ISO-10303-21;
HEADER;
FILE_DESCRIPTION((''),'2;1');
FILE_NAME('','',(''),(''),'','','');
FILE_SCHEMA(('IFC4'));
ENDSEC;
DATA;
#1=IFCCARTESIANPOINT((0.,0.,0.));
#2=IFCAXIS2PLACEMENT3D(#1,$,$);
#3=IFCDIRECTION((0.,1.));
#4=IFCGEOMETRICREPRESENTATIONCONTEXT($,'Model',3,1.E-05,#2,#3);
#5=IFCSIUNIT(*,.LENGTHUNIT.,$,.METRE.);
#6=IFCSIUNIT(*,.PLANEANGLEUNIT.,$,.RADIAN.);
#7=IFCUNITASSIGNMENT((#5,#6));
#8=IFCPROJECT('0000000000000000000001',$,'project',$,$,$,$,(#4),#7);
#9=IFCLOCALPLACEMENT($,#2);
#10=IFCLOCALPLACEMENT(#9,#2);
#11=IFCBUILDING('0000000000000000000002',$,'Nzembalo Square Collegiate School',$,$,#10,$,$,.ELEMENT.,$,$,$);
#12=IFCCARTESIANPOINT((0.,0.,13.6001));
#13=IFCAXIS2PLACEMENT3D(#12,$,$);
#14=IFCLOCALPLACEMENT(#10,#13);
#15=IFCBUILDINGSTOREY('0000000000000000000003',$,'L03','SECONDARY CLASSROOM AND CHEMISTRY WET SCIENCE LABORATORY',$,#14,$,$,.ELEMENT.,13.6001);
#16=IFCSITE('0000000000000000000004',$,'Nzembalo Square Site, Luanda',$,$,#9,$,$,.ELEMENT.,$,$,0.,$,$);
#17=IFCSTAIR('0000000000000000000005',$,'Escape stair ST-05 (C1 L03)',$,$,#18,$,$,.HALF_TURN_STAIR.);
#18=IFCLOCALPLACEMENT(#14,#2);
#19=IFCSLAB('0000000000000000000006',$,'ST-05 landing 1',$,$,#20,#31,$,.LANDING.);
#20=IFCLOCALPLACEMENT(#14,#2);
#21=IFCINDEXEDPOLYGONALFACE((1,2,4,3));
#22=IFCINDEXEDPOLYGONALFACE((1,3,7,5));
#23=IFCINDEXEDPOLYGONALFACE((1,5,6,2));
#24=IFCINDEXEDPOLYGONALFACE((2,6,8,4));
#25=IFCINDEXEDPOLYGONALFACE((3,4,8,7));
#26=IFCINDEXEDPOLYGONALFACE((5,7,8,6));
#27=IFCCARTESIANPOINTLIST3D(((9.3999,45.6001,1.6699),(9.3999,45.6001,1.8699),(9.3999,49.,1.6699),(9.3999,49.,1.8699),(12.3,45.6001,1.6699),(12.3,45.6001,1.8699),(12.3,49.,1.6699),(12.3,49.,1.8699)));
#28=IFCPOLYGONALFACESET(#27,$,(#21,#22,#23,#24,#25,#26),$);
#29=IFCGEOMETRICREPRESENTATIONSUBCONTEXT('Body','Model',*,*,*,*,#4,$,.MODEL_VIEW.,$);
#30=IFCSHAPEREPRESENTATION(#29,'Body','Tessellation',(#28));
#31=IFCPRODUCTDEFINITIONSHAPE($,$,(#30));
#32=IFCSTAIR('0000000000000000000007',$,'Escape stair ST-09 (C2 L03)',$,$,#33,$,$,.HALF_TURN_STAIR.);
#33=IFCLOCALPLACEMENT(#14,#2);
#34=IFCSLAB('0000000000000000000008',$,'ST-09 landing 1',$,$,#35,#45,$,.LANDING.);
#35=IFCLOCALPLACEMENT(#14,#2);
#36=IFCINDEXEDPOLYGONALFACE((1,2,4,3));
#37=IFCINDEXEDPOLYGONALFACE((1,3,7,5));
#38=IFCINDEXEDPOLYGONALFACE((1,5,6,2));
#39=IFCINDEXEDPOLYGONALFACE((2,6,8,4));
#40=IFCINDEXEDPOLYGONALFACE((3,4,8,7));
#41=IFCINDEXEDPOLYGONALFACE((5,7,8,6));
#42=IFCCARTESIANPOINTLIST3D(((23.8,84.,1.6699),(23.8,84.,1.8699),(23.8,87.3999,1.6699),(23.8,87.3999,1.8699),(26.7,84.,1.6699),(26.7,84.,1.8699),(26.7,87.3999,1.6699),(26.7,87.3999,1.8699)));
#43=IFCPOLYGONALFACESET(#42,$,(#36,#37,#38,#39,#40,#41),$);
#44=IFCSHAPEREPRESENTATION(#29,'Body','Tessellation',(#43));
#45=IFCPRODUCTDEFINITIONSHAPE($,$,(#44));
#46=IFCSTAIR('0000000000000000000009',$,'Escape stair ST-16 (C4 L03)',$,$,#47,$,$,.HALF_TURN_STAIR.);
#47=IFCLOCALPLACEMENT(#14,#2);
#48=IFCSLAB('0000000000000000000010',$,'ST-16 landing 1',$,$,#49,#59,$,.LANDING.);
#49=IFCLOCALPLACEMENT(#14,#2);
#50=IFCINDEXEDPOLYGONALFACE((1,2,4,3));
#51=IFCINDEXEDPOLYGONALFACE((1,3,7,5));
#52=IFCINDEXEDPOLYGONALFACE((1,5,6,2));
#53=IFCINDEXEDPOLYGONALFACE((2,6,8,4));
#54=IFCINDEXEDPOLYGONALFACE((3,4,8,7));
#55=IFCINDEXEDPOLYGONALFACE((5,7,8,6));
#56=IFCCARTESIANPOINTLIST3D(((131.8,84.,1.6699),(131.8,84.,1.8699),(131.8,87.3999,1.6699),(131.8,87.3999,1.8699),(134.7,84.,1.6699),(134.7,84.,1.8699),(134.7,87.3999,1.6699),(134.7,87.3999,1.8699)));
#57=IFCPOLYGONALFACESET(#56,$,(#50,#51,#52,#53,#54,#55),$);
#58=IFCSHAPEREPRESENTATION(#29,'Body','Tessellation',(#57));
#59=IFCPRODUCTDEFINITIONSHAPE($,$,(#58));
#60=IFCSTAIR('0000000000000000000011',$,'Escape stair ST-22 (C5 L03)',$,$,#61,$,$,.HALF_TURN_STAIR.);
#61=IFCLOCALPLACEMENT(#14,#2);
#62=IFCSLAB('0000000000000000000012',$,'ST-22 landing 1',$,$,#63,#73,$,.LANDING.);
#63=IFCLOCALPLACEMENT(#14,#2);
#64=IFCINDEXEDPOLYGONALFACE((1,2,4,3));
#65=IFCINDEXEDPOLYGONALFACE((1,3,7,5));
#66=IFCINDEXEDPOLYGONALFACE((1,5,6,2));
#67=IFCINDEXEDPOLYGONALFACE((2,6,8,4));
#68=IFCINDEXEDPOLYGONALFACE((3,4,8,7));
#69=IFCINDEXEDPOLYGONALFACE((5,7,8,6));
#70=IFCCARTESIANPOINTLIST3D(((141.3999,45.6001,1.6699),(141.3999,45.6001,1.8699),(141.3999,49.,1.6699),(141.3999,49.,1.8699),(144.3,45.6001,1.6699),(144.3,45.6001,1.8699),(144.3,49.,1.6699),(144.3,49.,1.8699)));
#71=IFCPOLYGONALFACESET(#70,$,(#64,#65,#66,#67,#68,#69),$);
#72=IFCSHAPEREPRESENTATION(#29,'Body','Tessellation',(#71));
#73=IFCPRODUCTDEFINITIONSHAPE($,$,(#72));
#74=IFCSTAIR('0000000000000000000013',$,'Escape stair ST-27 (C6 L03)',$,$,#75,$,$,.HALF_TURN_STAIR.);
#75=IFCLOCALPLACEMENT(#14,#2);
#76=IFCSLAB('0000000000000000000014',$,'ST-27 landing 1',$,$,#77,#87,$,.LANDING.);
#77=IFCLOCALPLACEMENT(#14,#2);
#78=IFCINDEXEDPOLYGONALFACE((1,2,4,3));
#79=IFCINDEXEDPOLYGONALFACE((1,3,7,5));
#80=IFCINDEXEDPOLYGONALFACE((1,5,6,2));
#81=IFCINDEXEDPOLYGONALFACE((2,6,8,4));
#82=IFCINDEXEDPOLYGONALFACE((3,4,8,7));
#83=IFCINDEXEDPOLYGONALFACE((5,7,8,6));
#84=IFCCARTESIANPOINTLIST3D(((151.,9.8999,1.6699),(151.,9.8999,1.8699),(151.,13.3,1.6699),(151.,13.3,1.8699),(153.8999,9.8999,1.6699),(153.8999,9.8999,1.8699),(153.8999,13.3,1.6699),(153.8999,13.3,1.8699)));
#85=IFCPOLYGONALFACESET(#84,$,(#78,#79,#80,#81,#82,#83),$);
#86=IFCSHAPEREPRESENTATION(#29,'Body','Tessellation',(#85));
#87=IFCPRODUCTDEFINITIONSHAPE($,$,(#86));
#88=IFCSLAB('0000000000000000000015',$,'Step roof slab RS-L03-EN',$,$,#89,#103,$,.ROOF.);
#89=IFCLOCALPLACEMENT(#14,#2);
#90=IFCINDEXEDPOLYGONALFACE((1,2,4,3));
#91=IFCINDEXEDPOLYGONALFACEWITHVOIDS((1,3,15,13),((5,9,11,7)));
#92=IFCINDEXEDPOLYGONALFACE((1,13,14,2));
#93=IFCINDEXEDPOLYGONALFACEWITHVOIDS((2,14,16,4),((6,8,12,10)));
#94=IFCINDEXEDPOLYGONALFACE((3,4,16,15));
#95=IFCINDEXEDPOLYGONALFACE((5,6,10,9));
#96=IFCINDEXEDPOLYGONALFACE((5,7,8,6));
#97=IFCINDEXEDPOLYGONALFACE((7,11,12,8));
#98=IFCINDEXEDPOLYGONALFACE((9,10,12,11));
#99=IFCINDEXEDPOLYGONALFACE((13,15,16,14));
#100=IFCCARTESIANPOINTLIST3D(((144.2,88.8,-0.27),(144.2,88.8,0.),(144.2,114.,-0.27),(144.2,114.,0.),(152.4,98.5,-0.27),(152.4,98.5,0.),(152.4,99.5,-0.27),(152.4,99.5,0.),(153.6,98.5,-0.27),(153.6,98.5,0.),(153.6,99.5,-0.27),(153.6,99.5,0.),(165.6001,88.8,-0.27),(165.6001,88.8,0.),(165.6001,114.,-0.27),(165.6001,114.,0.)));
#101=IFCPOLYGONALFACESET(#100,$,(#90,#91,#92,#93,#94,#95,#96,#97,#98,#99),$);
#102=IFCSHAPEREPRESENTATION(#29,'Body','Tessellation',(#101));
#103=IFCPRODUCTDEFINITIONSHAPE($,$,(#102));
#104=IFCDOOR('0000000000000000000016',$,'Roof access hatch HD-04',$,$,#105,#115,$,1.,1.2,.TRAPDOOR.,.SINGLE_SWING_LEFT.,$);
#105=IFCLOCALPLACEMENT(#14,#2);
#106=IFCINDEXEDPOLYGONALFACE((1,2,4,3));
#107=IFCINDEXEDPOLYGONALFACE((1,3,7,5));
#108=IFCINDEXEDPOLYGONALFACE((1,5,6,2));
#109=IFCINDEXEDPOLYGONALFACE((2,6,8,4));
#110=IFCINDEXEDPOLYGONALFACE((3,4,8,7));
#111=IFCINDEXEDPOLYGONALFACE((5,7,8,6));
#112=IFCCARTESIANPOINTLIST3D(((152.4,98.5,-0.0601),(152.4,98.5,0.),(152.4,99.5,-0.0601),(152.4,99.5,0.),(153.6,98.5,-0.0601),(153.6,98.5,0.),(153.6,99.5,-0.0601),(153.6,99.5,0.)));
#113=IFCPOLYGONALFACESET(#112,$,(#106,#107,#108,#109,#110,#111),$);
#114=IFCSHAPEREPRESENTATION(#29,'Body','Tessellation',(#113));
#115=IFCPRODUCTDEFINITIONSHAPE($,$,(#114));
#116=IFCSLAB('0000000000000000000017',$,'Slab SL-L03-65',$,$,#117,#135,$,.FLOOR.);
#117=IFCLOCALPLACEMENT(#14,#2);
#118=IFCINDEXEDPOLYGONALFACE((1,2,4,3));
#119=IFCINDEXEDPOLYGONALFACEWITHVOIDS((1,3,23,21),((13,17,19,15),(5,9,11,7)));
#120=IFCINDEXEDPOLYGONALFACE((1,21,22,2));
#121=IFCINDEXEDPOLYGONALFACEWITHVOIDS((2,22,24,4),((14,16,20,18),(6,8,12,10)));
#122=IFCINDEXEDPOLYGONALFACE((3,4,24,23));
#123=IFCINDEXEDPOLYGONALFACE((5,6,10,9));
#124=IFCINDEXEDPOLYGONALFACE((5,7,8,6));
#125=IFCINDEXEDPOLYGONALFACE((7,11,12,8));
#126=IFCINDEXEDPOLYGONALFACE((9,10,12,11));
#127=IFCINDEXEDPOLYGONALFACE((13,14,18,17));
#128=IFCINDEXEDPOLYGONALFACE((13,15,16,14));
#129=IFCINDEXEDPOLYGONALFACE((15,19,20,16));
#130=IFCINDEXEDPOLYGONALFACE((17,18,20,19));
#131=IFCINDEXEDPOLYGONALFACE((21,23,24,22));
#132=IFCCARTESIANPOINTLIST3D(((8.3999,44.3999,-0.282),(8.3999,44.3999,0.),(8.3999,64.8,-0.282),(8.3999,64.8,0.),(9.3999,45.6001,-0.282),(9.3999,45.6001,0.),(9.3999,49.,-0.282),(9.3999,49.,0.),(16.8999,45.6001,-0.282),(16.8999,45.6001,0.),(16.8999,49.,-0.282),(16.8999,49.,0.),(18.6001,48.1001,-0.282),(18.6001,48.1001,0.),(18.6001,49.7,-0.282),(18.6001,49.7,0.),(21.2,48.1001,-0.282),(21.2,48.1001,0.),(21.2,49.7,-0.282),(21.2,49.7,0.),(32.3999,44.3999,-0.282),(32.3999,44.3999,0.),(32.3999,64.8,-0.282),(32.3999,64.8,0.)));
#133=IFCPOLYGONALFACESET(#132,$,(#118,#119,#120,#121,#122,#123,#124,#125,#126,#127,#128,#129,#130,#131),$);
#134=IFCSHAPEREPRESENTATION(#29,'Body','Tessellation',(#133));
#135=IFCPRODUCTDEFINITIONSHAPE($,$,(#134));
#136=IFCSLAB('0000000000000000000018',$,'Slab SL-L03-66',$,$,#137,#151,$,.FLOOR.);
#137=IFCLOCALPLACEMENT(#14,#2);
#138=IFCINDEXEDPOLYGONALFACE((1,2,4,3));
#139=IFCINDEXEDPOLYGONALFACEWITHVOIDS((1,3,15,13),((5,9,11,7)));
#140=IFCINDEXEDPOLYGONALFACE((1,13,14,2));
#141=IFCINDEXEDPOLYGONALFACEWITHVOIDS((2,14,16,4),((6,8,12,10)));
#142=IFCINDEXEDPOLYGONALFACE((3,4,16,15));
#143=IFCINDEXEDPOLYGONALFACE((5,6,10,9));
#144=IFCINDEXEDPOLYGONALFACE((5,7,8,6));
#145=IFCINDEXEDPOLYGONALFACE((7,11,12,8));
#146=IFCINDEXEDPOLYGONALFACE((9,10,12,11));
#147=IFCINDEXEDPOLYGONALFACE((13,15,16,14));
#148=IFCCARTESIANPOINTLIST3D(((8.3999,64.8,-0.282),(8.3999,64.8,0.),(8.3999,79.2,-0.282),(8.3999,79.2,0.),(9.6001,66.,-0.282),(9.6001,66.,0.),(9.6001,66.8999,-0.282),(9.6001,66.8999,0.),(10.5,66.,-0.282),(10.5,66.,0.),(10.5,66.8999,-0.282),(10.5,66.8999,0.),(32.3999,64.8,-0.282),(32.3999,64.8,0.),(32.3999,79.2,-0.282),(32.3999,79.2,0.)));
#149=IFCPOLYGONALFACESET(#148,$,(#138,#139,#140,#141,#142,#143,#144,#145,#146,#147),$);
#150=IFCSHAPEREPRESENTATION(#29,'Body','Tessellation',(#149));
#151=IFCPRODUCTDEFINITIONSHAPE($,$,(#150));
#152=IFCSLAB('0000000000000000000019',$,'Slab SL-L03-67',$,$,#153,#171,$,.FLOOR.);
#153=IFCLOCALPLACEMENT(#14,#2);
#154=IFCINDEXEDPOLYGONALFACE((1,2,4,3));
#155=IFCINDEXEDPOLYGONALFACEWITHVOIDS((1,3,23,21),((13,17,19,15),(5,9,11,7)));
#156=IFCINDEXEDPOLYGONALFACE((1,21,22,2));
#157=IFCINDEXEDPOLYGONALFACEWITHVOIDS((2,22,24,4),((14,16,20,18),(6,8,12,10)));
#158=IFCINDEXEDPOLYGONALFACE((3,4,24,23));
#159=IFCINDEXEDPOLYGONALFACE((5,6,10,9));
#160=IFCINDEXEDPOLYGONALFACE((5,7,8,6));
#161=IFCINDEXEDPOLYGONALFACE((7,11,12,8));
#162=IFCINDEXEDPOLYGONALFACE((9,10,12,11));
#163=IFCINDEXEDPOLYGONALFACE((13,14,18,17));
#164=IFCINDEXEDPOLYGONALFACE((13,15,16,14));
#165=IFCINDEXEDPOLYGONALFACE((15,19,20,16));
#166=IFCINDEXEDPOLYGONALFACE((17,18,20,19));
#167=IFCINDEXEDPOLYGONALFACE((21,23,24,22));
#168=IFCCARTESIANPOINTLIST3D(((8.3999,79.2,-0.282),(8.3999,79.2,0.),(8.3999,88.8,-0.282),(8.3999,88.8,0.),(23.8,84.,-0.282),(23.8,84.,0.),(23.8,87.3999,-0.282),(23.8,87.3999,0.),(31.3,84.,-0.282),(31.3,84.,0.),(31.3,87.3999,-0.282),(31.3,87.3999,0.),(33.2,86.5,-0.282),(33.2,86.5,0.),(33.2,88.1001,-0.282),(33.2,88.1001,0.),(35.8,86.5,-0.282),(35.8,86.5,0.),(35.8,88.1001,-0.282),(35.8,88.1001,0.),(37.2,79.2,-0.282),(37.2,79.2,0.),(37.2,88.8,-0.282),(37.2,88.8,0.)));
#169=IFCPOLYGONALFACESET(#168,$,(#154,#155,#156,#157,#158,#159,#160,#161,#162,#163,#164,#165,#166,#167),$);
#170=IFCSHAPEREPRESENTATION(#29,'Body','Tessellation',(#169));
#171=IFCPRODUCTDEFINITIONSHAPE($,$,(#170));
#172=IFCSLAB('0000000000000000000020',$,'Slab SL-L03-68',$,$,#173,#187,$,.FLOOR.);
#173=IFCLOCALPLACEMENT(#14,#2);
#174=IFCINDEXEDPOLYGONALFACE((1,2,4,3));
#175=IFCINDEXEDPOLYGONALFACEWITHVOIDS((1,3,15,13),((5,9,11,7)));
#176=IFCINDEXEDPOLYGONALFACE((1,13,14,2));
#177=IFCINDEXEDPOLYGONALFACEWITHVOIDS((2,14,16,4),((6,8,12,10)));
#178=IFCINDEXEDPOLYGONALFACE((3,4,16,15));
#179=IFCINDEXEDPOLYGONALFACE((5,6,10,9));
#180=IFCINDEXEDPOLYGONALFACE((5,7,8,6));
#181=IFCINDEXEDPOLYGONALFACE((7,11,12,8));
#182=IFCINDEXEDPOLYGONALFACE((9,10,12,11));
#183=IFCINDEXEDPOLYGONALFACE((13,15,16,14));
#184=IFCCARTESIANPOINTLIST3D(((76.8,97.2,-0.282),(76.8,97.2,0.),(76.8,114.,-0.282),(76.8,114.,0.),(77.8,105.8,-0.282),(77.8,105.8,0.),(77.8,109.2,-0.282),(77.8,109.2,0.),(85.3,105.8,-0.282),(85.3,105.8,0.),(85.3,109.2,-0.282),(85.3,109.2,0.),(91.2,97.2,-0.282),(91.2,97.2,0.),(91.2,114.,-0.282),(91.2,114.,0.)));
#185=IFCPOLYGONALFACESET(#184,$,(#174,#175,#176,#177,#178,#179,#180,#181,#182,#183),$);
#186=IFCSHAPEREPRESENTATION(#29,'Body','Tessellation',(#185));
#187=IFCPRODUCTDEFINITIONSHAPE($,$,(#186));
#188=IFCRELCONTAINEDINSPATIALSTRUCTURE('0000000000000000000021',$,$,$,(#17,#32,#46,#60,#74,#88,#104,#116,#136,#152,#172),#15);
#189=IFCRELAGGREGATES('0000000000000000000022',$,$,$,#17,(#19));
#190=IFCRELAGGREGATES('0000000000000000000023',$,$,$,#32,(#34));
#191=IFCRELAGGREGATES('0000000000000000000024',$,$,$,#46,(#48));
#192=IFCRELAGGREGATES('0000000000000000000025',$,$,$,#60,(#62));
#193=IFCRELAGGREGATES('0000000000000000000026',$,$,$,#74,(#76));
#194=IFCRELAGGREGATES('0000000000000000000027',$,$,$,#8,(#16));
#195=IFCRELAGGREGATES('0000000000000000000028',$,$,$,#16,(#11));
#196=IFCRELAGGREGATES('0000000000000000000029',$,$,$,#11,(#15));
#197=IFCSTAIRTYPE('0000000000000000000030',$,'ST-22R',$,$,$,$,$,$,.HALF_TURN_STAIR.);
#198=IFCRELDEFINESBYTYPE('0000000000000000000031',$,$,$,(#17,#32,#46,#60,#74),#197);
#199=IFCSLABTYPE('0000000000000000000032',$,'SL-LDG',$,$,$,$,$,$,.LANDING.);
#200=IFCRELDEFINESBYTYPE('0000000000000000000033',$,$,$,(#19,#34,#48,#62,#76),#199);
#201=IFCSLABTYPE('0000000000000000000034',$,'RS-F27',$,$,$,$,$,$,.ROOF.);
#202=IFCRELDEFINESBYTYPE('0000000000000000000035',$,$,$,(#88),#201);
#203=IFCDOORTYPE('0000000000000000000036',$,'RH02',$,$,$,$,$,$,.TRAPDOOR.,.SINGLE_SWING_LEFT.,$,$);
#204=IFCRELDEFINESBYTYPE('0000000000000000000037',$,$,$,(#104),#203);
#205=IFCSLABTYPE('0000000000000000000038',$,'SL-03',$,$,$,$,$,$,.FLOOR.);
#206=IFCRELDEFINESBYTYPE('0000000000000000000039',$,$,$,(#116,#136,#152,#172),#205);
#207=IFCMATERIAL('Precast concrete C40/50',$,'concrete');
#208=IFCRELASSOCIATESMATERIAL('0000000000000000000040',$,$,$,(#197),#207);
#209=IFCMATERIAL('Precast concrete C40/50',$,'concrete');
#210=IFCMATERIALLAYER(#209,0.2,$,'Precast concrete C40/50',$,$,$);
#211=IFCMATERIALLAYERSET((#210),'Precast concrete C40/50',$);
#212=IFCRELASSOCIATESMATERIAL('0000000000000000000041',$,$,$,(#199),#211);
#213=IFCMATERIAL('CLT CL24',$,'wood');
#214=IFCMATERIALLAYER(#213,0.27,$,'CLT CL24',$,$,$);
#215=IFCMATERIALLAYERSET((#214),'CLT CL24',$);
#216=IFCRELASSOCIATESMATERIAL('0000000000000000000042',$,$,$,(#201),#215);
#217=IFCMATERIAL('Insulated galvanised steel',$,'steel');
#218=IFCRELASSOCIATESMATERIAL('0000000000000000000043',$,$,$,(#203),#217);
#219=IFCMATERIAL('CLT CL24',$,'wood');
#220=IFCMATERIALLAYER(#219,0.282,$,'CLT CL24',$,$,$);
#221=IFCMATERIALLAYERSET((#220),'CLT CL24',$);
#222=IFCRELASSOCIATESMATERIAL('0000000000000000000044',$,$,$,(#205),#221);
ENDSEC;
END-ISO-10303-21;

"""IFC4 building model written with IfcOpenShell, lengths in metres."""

from ifc_helpers import new_model, si_unit, direction, frame, origin, origin_2d, place, context, subcontext, project, spatial, polyline, rectangle, outline, extrude, material, layer, layer_set, type_object, element, fill, aggregate, save


model = new_model("IFC4")

# Units and contexts
model_context = context("Model", 3, precision=1e-05, world=origin(), true_north=direction((0.0, 1.0)))
body_context = subcontext(model_context, "Body", "Model", "MODEL_VIEW")
ifc_project = project(units=[si_unit("LENGTHUNIT", "METRE"), si_unit("PLANEANGLEUNIT", "RADIAN")], contexts=[model_context])

# Site, building, storey
site_placement = place(None, origin())
site = spatial("IfcSite", under=ifc_project, at=site_placement, Name="Nzembalo Square Site, Luanda", CompositionType="ELEMENT", RefElevation=0.0)
building_placement = place(site_placement, origin())
building = spatial("IfcBuilding", under=site, at=building_placement, Name="Nzembalo Square Collegiate School", CompositionType="ELEMENT")
storey_placement = place(building_placement, frame((0.0, 0.0, 13.6001)))
storey = spatial("IfcBuildingStorey", under=building, at=storey_placement, Name="L03", Description="SECONDARY CLASSROOM AND CHEMISTRY WET SCIENCE LABORATORY", CompositionType="ELEMENT", Elevation=13.6001)

# Stairs, slabs
ifc_material_1 = material(Name="Precast concrete C40/50", Category="concrete")
stair_type = type_object("IfcStairType", Name="ST-22R", PredefinedType="HALF_TURN_STAIR", material=ifc_material_1)
stair_1_placement = place(storey_placement, origin())
stair_1 = element("IfcStair", 1, at=stair_1_placement, inside=storey, type_object=stair_type, Name="Escape stair ST-05 (C1 L03)", PredefinedType="HALF_TURN_STAIR")
ifc_material_2 = material(Name="Precast concrete C40/50", Category="concrete")
ifc_layer_1 = layer(ifc_material_2, 0.2, Name="Precast concrete C40/50")
ifc_layer_set_1 = layer_set([ifc_layer_1], Name="Precast concrete C40/50")
slab_type_1 = type_object("IfcSlabType", Name="SL-LDG", PredefinedType="LANDING", material=ifc_layer_set_1)
slab_1_placement = place(storey_placement, frame((0.0, 0.0, 1.6699)))
slab_1 = element("IfcSlab", 2, at=slab_1_placement, type_object=slab_type_1, Name="ST-05 landing 1", PredefinedType="LANDING", context=body_context, shape_type="SweptSolid", body=[
    extrude(outline(polyline([(12.3, 49.0), (9.3999, 49.0), (9.3999, 45.6001), (12.3, 45.6001), (12.3, 49.0)])), origin(), (0.0, 0.0, 1.0), 0.2),
])
aggregate(stair_1, [slab_1])
stair_2_placement = place(storey_placement, origin())
stair_2 = element("IfcStair", 3, at=stair_2_placement, inside=storey, type_object=stair_type, Name="Escape stair ST-09 (C2 L03)", PredefinedType="HALF_TURN_STAIR")
slab_2_placement = place(storey_placement, frame((0.0, 0.0, 1.6699)))
slab_2 = element("IfcSlab", 4, at=slab_2_placement, type_object=slab_type_1, Name="ST-09 landing 1", PredefinedType="LANDING", context=body_context, shape_type="SweptSolid", body=[
    extrude(outline(polyline([(26.7, 87.3999), (23.8, 87.3999), (23.8, 84.0), (26.7, 84.0), (26.7, 87.3999)])), origin(), (0.0, 0.0, 1.0), 0.2),
])
aggregate(stair_2, [slab_2])
stair_3_placement = place(storey_placement, origin())
stair_3 = element("IfcStair", 5, at=stair_3_placement, inside=storey, type_object=stair_type, Name="Escape stair ST-16 (C4 L03)", PredefinedType="HALF_TURN_STAIR")
slab_3_placement = place(storey_placement, frame((0.0, 0.0, 1.6699)))
slab_3 = element("IfcSlab", 6, at=slab_3_placement, type_object=slab_type_1, Name="ST-16 landing 1", PredefinedType="LANDING", context=body_context, shape_type="SweptSolid", body=[
    extrude(outline(polyline([(134.7, 87.3999), (131.8, 87.3999), (131.8, 84.0), (134.7, 84.0), (134.7, 87.3999)])), origin(), (0.0, 0.0, 1.0), 0.2),
])
aggregate(stair_3, [slab_3])
stair_4_placement = place(storey_placement, origin())
stair_4 = element("IfcStair", 7, at=stair_4_placement, inside=storey, type_object=stair_type, Name="Escape stair ST-22 (C5 L03)", PredefinedType="HALF_TURN_STAIR")
slab_4_placement = place(storey_placement, frame((0.0, 0.0, 1.6699)))
slab_4 = element("IfcSlab", 8, at=slab_4_placement, type_object=slab_type_1, Name="ST-22 landing 1", PredefinedType="LANDING", context=body_context, shape_type="SweptSolid", body=[
    extrude(outline(polyline([(144.3, 49.0), (141.3999, 49.0), (141.3999, 45.6001), (144.3, 45.6001), (144.3, 49.0)])), origin(), (0.0, 0.0, 1.0), 0.2),
])
aggregate(stair_4, [slab_4])
stair_5_placement = place(storey_placement, origin())
stair_5 = element("IfcStair", 9, at=stair_5_placement, inside=storey, type_object=stair_type, Name="Escape stair ST-27 (C6 L03)", PredefinedType="HALF_TURN_STAIR")
slab_5_placement = place(storey_placement, frame((0.0, 0.0, 1.6699)))
slab_5 = element("IfcSlab", 10, at=slab_5_placement, type_object=slab_type_1, Name="ST-27 landing 1", PredefinedType="LANDING", context=body_context, shape_type="SweptSolid", body=[
    extrude(outline(polyline([(153.8999, 13.3), (151.0, 13.3), (151.0, 9.8999), (153.8999, 9.8999), (153.8999, 13.3)])), origin(), (0.0, 0.0, 1.0), 0.2),
])
aggregate(stair_5, [slab_5])

# Slab, opening, door
ifc_material_3 = material(Name="CLT CL24", Category="wood")
ifc_layer_2 = layer(ifc_material_3, 0.27, Name="CLT CL24")
ifc_layer_set_2 = layer_set([ifc_layer_2], Name="CLT CL24")
slab_type_2 = type_object("IfcSlabType", Name="RS-F27", PredefinedType="ROOF", material=ifc_layer_set_2)
slab_6_placement = place(storey_placement, frame((0.0, 0.0, -0.27)))
slab_6 = element("IfcSlab", 11, at=slab_6_placement, inside=storey, type_object=slab_type_2, Name="Step roof slab RS-L03-EN", PredefinedType="ROOF", context=body_context, shape_type="SweptSolid", body=[
    extrude(outline(polyline([(144.2, 88.8), (165.6001, 88.8), (165.6001, 114.0), (144.2, 114.0), (144.2, 88.8)])), origin(), (0.0, 0.0, 1.0), 0.27),
])
opening_placement = place(slab_6_placement, frame((153.0, 99.0, -0.01)))
opening = element("IfcOpeningElement", 12, at=opening_placement, cuts=slab_6, PredefinedType="OPENING", context=body_context, shape_type="SweptSolid", body=[
    extrude(rectangle(XDim=1.2, YDim=1.0, at=origin_2d()), origin(), (0.0, 0.0, 1.0), 0.29),
])
ifc_material_4 = material(Name="Insulated galvanised steel", Category="steel")
door_type = type_object("IfcDoorType", Name="RH02", OperationType="SINGLE_SWING_LEFT", PredefinedType="TRAPDOOR", material=ifc_material_4)
door_placement = place(slab_6_placement, frame((153.0, 99.0, 0.21)))
door = element("IfcDoor", 13, at=door_placement, inside=storey, type_object=door_type, Name="Roof access hatch HD-04", OperationType="SINGLE_SWING_LEFT", OverallHeight=1.0, OverallWidth=1.2, PredefinedType="TRAPDOOR", context=body_context, shape_type="SweptSolid", body=[
    extrude(rectangle(XDim=1.2, YDim=1.0, at=origin_2d()), origin(), (0.0, 0.0, 1.0), 0.0601),
])
fill(opening, door)

# Slabs
ifc_material_5 = material(Name="CLT CL24", Category="wood")
ifc_layer_3 = layer(ifc_material_5, 0.282, Name="CLT CL24")
ifc_layer_set_3 = layer_set([ifc_layer_3], Name="CLT CL24")
slab_type_3 = type_object("IfcSlabType", Name="SL-03", PredefinedType="FLOOR", material=ifc_layer_set_3)
slab_7_placement = place(storey_placement, frame((0.0, 0.0, -0.282)))
element("IfcSlab", 14, at=slab_7_placement, inside=storey, type_object=slab_type_3, Name="Slab SL-L03-65", PredefinedType="FLOOR", context=body_context, shape_type="SweptSolid", body=[
    extrude(outline(polyline([(8.3999, 44.3999), (32.3999, 44.3999), (32.3999, 64.8), (8.3999, 64.8), (8.3999, 44.3999)]), holes=[polyline([(18.6001, 48.1001), (21.2, 48.1001), (21.2, 49.7), (18.6001, 49.7), (18.6001, 48.1001)]), polyline([(16.8999, 49.0), (9.3999, 49.0), (9.3999, 45.6001), (16.8999, 45.6001), (16.8999, 49.0)])]), origin(), (0.0, 0.0, 1.0), 0.282),
])
slab_8_placement = place(storey_placement, frame((0.0, 0.0, -0.282)))
element("IfcSlab", 15, at=slab_8_placement, inside=storey, type_object=slab_type_3, Name="Slab SL-L03-66", PredefinedType="FLOOR", context=body_context, shape_type="SweptSolid", body=[
    extrude(outline(polyline([(8.3999, 64.8), (32.3999, 64.8), (32.3999, 79.2), (8.3999, 79.2), (8.3999, 64.8)]), holes=[polyline([(9.6001, 66.0), (10.5, 66.0), (10.5, 66.8999), (9.6001, 66.8999), (9.6001, 66.0)])]), origin(), (0.0, 0.0, 1.0), 0.282),
])
slab_9_placement = place(storey_placement, frame((0.0, 0.0, -0.282)))
element("IfcSlab", 16, at=slab_9_placement, inside=storey, type_object=slab_type_3, Name="Slab SL-L03-67", PredefinedType="FLOOR", context=body_context, shape_type="SweptSolid", body=[
    extrude(outline(polyline([(8.3999, 79.2), (37.2, 79.2), (37.2, 88.8), (8.3999, 88.8), (8.3999, 79.2)]), holes=[polyline([(33.2, 86.5), (35.8, 86.5), (35.8, 88.1001), (33.2, 88.1001), (33.2, 86.5)]), polyline([(31.3, 87.3999), (23.8, 87.3999), (23.8, 84.0), (31.3, 84.0), (31.3, 87.3999)])]), origin(), (0.0, 0.0, 1.0), 0.282),
])
slab_10_placement = place(storey_placement, frame((0.0, 0.0, -0.282)))
element("IfcSlab", 17, at=slab_10_placement, inside=storey, type_object=slab_type_3, Name="Slab SL-L03-68", PredefinedType="FLOOR", context=body_context, shape_type="SweptSolid", body=[
    extrude(outline(polyline([(76.8, 97.2), (91.2, 97.2), (91.2, 114.0), (76.8, 114.0), (76.8, 97.2)]), holes=[polyline([(85.3, 109.2), (77.8, 109.2), (77.8, 105.8), (85.3, 105.8), (85.3, 109.2)])]), origin(), (0.0, 0.0, 1.0), 0.282),
])

save(model, "model.ifc")
